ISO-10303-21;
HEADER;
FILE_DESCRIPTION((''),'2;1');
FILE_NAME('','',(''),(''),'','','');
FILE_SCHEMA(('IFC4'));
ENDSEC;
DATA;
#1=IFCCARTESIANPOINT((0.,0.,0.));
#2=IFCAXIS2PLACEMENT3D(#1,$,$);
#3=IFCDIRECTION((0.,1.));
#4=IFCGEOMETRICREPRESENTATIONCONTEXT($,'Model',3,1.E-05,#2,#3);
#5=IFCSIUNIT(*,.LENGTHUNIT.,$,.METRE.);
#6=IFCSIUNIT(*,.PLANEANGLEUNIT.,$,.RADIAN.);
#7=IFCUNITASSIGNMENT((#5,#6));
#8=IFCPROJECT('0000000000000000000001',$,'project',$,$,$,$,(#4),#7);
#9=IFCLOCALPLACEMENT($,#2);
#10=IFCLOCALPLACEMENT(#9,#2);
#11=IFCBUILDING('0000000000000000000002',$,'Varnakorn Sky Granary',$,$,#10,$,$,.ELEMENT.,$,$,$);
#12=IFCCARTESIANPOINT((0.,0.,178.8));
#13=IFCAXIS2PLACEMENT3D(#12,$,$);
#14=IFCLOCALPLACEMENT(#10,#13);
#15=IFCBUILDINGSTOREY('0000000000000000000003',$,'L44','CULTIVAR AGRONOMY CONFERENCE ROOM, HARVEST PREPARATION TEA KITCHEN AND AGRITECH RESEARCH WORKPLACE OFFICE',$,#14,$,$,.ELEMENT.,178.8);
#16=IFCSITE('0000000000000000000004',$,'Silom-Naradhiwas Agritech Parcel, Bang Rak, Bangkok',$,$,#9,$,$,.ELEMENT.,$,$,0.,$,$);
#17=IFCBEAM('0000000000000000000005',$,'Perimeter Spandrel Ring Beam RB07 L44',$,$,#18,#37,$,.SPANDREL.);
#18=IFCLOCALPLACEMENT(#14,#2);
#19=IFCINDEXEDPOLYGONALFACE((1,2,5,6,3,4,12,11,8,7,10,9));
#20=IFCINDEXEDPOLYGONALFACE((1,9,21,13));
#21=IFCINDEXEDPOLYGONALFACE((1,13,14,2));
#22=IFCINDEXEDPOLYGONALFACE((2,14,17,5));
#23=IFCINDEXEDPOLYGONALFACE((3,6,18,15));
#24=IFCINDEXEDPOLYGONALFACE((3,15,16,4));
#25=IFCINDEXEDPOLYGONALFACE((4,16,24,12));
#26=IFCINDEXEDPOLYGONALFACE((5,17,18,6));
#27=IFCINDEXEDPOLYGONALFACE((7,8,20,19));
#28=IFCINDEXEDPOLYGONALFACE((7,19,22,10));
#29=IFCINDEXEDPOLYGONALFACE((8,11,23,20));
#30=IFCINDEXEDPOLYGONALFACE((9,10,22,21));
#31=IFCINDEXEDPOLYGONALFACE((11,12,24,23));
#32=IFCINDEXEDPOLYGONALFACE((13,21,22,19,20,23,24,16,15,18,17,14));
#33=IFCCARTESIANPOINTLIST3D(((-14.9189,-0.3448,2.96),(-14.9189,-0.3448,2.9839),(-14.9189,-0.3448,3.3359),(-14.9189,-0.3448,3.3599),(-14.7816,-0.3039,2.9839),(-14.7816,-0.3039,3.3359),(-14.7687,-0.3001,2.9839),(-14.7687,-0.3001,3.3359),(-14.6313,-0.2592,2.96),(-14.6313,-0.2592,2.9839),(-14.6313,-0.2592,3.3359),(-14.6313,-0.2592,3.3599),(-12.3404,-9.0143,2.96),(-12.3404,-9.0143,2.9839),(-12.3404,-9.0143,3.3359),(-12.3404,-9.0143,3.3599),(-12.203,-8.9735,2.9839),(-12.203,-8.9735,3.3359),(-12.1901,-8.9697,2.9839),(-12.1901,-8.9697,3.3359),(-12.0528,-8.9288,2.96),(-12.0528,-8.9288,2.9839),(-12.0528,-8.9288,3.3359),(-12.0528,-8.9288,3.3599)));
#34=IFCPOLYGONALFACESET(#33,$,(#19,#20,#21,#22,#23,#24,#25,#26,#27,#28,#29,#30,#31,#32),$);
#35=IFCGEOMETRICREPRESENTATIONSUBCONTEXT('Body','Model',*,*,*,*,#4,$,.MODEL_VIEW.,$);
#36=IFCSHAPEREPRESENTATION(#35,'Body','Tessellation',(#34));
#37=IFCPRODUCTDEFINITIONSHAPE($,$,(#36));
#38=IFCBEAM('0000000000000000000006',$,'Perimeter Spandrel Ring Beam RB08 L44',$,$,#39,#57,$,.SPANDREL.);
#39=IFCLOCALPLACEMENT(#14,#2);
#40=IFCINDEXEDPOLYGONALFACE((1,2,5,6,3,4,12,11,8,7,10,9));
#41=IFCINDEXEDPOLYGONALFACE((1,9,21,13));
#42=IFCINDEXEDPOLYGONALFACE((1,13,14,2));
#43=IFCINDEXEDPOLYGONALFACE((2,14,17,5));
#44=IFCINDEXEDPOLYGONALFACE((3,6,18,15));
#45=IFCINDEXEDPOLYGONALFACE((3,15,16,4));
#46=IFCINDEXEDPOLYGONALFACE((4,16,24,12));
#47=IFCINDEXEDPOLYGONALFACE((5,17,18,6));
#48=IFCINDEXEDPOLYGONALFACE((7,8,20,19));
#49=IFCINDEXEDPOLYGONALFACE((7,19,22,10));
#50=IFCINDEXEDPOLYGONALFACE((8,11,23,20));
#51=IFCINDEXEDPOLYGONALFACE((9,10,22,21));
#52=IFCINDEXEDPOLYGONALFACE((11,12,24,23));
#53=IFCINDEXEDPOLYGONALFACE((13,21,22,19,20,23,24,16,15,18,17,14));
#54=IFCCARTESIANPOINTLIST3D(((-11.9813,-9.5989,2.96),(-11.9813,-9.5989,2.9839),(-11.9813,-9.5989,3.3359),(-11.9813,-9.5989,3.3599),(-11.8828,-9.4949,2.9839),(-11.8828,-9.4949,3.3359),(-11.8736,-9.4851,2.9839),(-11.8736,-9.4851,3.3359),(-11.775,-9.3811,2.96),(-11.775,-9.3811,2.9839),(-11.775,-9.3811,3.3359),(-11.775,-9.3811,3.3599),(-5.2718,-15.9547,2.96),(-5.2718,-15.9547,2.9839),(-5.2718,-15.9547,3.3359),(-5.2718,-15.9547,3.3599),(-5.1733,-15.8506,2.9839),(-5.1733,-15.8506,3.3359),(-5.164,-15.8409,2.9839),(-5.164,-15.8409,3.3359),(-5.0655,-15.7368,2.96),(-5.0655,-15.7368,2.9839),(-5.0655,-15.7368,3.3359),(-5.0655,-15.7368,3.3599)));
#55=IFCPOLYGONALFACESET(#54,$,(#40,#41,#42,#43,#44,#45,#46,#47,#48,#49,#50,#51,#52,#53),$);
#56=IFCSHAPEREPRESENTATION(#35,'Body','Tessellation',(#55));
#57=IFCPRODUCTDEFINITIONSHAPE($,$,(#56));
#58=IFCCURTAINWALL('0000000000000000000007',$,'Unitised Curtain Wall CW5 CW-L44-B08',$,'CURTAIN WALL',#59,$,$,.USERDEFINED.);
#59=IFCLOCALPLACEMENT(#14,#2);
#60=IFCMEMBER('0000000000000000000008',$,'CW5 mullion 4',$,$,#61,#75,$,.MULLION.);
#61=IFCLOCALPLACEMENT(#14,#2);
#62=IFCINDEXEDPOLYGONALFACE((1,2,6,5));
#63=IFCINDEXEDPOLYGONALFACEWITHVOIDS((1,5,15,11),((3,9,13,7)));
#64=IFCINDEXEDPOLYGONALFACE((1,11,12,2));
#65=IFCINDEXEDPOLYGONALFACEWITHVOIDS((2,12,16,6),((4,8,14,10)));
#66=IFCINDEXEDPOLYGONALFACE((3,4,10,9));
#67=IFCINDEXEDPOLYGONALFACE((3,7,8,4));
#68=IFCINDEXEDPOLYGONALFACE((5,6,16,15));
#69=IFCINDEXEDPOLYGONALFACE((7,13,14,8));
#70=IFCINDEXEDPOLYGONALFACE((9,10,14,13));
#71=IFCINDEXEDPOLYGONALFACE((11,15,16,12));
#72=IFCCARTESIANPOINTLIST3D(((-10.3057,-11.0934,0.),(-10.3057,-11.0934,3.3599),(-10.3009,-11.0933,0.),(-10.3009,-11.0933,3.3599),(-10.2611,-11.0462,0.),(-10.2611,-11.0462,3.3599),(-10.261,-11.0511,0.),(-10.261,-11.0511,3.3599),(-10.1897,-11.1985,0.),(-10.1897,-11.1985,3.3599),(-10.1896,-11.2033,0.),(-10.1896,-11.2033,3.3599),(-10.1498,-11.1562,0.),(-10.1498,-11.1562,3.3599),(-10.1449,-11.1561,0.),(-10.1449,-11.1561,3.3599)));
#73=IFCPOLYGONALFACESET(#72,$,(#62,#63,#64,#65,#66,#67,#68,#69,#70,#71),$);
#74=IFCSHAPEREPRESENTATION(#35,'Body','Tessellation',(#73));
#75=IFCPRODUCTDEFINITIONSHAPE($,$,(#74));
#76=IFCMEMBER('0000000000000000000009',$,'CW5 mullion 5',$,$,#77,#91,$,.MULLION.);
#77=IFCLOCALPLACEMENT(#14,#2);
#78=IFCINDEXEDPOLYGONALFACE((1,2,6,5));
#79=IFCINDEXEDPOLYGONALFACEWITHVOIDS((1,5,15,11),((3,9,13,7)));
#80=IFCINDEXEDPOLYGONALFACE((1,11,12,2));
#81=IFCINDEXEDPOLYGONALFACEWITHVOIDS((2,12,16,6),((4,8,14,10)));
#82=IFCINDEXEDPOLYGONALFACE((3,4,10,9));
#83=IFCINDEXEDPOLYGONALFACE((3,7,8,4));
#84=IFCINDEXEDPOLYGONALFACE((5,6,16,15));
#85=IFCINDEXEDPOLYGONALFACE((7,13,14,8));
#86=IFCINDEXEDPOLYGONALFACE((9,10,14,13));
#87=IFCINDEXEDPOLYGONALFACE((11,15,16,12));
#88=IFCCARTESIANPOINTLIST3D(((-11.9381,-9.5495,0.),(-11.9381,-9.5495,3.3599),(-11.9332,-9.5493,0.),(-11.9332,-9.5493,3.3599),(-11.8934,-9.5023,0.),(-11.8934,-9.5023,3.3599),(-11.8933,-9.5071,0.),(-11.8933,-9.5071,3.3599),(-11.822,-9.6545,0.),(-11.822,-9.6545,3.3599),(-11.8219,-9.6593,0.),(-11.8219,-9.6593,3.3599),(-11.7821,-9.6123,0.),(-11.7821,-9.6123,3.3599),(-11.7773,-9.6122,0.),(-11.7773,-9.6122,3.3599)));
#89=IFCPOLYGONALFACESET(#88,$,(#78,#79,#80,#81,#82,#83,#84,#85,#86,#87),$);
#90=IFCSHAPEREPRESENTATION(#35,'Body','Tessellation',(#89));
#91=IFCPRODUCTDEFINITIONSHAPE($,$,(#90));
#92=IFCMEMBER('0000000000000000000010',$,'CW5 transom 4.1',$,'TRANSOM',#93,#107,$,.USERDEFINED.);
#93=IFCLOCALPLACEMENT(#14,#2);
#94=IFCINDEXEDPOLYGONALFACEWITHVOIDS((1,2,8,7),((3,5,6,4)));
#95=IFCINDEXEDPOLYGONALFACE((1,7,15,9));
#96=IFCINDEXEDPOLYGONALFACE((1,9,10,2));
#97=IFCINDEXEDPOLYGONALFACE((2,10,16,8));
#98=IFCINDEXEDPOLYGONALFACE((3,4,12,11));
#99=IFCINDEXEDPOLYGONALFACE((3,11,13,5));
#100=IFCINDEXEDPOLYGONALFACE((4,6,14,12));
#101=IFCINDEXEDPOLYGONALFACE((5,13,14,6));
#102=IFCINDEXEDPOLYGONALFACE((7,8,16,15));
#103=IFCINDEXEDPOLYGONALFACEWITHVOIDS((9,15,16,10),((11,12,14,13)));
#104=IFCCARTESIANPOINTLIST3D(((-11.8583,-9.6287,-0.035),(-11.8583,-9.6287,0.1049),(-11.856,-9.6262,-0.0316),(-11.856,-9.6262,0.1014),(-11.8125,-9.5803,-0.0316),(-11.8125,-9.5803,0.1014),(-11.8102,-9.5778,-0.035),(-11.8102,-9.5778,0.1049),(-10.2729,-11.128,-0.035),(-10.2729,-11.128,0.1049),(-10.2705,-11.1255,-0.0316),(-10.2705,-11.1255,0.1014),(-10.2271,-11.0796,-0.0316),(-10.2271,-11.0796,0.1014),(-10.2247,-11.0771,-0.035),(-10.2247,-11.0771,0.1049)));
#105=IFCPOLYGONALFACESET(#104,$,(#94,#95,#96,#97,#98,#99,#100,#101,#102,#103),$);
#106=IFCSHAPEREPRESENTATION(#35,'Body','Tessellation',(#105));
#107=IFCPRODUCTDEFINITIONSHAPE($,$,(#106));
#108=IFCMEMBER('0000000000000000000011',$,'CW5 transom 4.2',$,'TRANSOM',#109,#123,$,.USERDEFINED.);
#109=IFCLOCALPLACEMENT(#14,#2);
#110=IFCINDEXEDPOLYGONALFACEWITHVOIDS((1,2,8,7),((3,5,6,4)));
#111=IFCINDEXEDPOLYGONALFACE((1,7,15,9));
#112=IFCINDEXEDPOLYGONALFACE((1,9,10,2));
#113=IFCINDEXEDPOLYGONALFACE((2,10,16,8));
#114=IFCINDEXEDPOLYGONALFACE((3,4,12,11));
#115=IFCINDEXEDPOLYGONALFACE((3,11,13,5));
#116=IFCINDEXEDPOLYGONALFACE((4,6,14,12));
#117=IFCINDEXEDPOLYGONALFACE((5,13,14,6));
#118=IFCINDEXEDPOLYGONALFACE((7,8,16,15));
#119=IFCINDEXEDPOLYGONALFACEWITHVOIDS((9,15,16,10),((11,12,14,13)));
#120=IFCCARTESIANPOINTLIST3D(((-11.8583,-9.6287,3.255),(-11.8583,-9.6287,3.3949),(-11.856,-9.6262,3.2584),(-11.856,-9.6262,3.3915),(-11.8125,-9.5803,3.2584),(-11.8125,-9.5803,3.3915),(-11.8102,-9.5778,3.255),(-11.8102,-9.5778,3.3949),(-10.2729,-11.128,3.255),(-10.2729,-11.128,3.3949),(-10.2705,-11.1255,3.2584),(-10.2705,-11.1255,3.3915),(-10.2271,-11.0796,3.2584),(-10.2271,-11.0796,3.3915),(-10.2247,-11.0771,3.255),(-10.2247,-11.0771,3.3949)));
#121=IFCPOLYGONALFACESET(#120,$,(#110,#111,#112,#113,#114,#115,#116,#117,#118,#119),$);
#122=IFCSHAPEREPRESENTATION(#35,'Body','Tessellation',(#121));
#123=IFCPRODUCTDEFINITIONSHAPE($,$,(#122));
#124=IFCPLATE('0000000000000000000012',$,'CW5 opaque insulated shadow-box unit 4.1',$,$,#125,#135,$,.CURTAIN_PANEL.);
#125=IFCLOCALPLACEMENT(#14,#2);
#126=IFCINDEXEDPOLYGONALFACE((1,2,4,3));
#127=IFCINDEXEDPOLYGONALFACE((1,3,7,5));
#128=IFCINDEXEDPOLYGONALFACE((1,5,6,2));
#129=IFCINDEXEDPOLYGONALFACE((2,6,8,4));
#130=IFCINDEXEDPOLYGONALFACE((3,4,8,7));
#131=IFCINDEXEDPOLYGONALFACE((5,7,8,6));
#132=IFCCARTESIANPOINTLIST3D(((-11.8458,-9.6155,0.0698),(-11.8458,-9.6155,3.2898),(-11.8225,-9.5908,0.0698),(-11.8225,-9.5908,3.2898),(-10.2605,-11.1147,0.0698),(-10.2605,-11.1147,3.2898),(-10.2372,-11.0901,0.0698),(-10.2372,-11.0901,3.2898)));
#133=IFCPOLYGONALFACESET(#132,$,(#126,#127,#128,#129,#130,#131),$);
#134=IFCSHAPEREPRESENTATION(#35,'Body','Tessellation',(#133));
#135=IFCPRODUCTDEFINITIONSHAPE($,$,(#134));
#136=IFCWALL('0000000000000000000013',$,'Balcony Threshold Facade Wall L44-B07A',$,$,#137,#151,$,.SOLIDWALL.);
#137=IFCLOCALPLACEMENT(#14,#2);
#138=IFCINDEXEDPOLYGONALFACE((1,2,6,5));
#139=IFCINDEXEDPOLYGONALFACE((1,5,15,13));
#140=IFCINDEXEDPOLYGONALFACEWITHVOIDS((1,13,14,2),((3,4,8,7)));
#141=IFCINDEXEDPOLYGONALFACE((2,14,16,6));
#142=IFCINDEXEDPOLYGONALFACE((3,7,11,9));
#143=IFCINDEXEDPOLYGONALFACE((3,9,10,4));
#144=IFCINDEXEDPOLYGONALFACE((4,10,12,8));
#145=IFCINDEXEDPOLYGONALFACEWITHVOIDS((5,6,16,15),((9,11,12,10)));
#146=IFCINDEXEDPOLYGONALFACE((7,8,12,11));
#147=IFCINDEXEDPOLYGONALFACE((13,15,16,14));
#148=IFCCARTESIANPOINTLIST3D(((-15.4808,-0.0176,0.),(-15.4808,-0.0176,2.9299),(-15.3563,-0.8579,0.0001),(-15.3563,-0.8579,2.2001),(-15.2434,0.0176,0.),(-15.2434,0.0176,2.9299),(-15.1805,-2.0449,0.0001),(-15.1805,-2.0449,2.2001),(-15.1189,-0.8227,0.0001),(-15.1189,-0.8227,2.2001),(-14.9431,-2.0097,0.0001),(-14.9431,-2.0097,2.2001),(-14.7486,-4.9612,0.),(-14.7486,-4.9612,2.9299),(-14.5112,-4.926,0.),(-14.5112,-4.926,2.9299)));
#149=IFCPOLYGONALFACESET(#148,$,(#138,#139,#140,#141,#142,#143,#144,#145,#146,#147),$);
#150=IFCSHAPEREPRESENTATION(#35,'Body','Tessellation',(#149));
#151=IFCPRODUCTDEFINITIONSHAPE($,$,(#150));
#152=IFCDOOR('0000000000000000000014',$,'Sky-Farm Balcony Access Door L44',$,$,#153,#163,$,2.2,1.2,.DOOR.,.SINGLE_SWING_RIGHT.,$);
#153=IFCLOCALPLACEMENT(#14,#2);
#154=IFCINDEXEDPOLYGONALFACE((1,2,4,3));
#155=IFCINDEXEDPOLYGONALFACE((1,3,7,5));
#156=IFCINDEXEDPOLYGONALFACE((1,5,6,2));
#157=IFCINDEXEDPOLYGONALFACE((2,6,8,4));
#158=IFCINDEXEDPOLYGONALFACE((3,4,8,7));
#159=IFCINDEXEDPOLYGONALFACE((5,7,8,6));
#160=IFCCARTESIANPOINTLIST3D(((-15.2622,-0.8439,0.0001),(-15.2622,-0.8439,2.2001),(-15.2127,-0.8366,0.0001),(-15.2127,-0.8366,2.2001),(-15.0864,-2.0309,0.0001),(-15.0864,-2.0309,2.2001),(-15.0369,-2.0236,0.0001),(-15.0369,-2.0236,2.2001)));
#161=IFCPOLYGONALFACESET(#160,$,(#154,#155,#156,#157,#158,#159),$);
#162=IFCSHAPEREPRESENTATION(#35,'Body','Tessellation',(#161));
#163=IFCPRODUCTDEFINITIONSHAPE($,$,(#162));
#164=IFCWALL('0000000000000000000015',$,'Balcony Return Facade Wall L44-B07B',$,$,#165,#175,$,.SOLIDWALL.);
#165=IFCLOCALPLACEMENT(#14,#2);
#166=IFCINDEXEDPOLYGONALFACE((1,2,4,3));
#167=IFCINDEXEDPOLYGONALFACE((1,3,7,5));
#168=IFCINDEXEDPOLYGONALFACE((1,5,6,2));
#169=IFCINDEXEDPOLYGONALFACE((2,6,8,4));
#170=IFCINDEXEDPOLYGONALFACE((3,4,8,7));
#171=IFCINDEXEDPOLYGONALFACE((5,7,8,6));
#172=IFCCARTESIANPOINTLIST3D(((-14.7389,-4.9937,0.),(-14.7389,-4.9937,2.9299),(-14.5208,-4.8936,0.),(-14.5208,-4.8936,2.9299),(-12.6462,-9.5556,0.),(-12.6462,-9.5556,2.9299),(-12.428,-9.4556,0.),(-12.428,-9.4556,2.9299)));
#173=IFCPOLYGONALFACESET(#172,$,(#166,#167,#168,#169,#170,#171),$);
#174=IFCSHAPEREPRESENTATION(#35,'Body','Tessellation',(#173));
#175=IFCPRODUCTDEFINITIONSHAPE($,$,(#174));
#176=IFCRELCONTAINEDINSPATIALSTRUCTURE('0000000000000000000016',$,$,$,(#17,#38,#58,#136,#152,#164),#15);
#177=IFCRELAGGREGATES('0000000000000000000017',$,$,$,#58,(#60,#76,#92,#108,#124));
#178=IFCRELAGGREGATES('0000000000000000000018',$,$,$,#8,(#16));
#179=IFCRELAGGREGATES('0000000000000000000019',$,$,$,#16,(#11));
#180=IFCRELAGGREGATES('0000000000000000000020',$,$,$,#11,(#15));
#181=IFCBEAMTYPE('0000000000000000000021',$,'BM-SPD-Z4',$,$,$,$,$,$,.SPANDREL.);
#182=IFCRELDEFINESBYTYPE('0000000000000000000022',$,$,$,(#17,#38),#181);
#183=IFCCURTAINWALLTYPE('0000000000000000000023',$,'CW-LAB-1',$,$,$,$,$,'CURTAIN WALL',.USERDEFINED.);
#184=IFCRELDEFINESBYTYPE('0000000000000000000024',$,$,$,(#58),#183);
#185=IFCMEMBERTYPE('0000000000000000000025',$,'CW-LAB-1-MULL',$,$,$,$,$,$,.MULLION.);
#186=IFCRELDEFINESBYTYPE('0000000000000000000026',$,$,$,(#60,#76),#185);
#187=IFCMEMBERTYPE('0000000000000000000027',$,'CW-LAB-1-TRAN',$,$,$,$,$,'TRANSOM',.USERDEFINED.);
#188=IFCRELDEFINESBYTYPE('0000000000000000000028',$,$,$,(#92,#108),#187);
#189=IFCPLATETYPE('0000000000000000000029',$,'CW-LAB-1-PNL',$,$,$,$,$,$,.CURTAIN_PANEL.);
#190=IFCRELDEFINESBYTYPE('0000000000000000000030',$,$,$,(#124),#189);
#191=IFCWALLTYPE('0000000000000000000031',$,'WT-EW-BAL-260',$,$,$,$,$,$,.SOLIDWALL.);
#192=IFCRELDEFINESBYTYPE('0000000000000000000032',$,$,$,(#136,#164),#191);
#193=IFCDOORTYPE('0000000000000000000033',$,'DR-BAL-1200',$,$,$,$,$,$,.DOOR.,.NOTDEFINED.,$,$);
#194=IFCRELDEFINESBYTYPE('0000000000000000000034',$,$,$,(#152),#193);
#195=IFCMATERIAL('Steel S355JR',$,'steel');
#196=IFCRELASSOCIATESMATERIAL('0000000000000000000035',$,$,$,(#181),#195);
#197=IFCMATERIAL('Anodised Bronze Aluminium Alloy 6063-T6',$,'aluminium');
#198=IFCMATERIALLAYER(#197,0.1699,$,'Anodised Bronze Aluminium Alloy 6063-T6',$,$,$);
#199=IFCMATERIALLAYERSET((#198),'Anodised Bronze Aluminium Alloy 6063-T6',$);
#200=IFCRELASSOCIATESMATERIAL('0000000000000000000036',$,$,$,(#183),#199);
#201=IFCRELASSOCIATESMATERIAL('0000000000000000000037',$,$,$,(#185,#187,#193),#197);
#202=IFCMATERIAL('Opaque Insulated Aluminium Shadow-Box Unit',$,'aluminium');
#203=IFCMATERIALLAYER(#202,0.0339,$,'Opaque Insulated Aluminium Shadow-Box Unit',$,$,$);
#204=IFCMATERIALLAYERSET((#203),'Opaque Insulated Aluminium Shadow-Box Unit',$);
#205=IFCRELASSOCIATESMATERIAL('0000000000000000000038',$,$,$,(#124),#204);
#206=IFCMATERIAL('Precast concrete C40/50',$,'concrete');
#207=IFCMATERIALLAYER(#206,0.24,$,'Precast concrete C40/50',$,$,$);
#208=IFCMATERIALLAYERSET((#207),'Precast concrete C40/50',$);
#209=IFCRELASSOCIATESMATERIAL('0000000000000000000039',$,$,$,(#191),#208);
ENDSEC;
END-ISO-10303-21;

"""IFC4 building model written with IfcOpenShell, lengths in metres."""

from ifc_helpers import new_model, si_unit, direction, frame, frame_2d, origin, origin_2d, place, context, subcontext, project, spatial, rectangle, hollow_rectangle, i_section, extrude, source, transform, mapped, material, layer, layer_set, material_profile, profile_set, type_object, type_shapes, element, fill, aggregate, save


model = new_model("IFC4")

# Units and contexts
model_context = context("Model", 3, precision=1e-05, world=origin(), true_north=direction((0.0, 1.0)))
body_context = subcontext(model_context, "Body", "Model", "MODEL_VIEW")
ifc_project = project(units=[si_unit("LENGTHUNIT", "METRE"), si_unit("PLANEANGLEUNIT", "RADIAN")], contexts=[model_context])

# Site, building, storey
site_placement = place(None, origin())
site = spatial("IfcSite", under=ifc_project, at=site_placement, Name="Silom-Naradhiwas Agritech Parcel, Bang Rak, Bangkok", CompositionType="ELEMENT", RefElevation=0.0)
building_placement = place(site_placement, origin())
building = spatial("IfcBuilding", under=site, at=building_placement, Name="Varnakorn Sky Granary", CompositionType="ELEMENT")
storey_placement = place(building_placement, frame((0.0, 0.0, 178.8)))
storey = spatial("IfcBuildingStorey", under=building, at=storey_placement, Name="L44", Description="CULTIVAR AGRONOMY CONFERENCE ROOM, HARVEST PREPARATION TEA KITCHEN AND AGRITECH RESEARCH WORKPLACE OFFICE", CompositionType="ELEMENT", Elevation=178.8)

# Beams
ifc_material_1 = material(Name="Steel S355JR", Category="steel")
ifc_material_profile_1 = material_profile(ifc_material_1, i_section(OverallWidth=0.3, OverallDepth=0.3999, WebThickness=0.0134, FlangeThickness=0.0239, at=origin_2d()), Name="HE 400 B")
ifc_profile_set_1 = profile_set([ifc_material_profile_1], Name="Steel S355JR")
beam_type_1 = type_object("IfcBeamType", Name="BM-SPD-Z4", PredefinedType="SPANDREL", material=ifc_profile_set_1)
beam_1_placement = place(storey_placement, frame((-14.7751, -0.302, 3.1599), z_axis=(0.285086, -0.958502, 0.0), x_axis=(0.958502, 0.285086, 0.0)))
element("IfcBeam", 1, at=beam_1_placement, inside=storey, type_object=beam_type_1, Name="Perimeter Spandrel Ring Beam RB07 L44", PredefinedType="SPANDREL", context=body_context, shape_type="SweptSolid", body=[
    extrude(i_section(OverallWidth=0.3, OverallDepth=0.3999, WebThickness=0.0134, FlangeThickness=0.0239, at=origin_2d()), origin(), (0.0, 0.0, 1.0), 9.0449),
])
beam_2_placement = place(storey_placement, frame((-11.8782, -9.49, 3.1599), z_axis=(0.725987, -0.687709, 0.0), x_axis=(0.687709, 0.725987, 0.0)))
element("IfcBeam", 2, at=beam_2_placement, inside=storey, type_object=beam_type_1, Name="Perimeter Spandrel Ring Beam RB08 L44", PredefinedType="SPANDREL", context=body_context, shape_type="SweptSolid", body=[
    extrude(i_section(OverallWidth=0.3, OverallDepth=0.3999, WebThickness=0.0134, FlangeThickness=0.0239, at=origin_2d()), origin(), (0.0, 0.0, 1.0), 9.2419),
])

# Curtain wall, members, plate
ifc_material_2 = material(Name="Anodised Bronze Aluminium Alloy 6063-T6", Category="aluminium")
ifc_layer_1 = layer(ifc_material_2, 0.1699, Name="Anodised Bronze Aluminium Alloy 6063-T6")
ifc_layer_set_1 = layer_set([ifc_layer_1], Name="Anodised Bronze Aluminium Alloy 6063-T6")
curtain_wall_type = type_object("IfcCurtainWallType", Name="CW-LAB-1", ElementType="CURTAIN WALL", PredefinedType="USERDEFINED", material=ifc_layer_set_1)
curtain_wall_placement = place(storey_placement, origin())
curtain_wall = element("IfcCurtainWall", 3, at=curtain_wall_placement, inside=storey, type_object=curtain_wall_type, Name="Unitised Curtain Wall CW5 CW-L44-B08", ObjectType="CURTAIN WALL", PredefinedType="USERDEFINED")
ifc_material_profile_2 = material_profile(ifc_material_2, hollow_rectangle(XDim=0.0649, YDim=0.1599, WallThickness=0.0034, at=origin_2d()), Name="ALU MULL 65x160")
ifc_profile_set_2 = profile_set([ifc_material_profile_2], Name="Anodised Bronze Aluminium Alloy 6063-T6")
member_type_1 = type_object("IfcMemberType", Name="CW-LAB-1-MULL", PredefinedType="MULLION", material=ifc_profile_set_2)
member_1_placement = place(storey_placement, frame((-10.2253, -11.1248, 0.0), z_axis=(0.0, 0.0, 1.0), x_axis=(-0.687124, -0.726541, 0.0)))
member_1 = element("IfcMember", 4, at=member_1_placement, type_object=member_type_1, Name="CW5 mullion 4", PredefinedType="MULLION", context=body_context, shape_type="SweptSolid", body=[
    extrude(hollow_rectangle(XDim=0.0649, YDim=0.1599, WallThickness=0.0034, at=origin_2d()), origin(), (0.0, 0.0, 1.0), 3.3599),
])
member_2_placement = place(storey_placement, frame((-11.8577, -9.5808, 0.0), z_axis=(0.0, 0.0, 1.0), x_axis=(-0.687124, -0.726541, 0.0)))
member_2 = element("IfcMember", 5, at=member_2_placement, type_object=member_type_1, Name="CW5 mullion 5", PredefinedType="MULLION", context=body_context, shape_type="SweptSolid", body=[
    extrude(hollow_rectangle(XDim=0.0649, YDim=0.1599, WallThickness=0.0034, at=origin_2d()), origin(), (0.0, 0.0, 1.0), 3.3599),
])
ifc_material_profile_3 = material_profile(ifc_material_2, hollow_rectangle(XDim=0.0701, YDim=0.1399, WallThickness=0.0034, at=origin_2d()), Name="ALU TRAN 70x140")
ifc_profile_set_3 = profile_set([ifc_material_profile_3], Name="Anodised Bronze Aluminium Alloy 6063-T6")
member_type_2 = type_object("IfcMemberType", Name="CW-LAB-1-TRAN", ElementType="TRANSOM", PredefinedType="USERDEFINED", material=ifc_profile_set_3)
member_3_placement = place(storey_placement, frame((-10.2488, -11.1025, 0.0349), z_axis=(-0.726579, 0.687083, 0.0), x_axis=(-0.687083, -0.726579, 0.0)))
member_3 = element("IfcMember", 6, at=member_3_placement, type_object=member_type_2, Name="CW5 transom 4.1", ObjectType="TRANSOM", PredefinedType="USERDEFINED", context=body_context, shape_type="SweptSolid", body=[
    extrude(hollow_rectangle(XDim=0.0701, YDim=0.1399, WallThickness=0.0034, at=origin_2d()), origin(), (0.0, 0.0, 1.0), 2.1821),
])
member_4_placement = place(storey_placement, frame((-10.2488, -11.1025, 3.325), z_axis=(-0.726579, 0.687083, 0.0), x_axis=(-0.687083, -0.726579, 0.0)))
member_4 = element("IfcMember", 7, at=member_4_placement, type_object=member_type_2, Name="CW5 transom 4.2", ObjectType="TRANSOM", PredefinedType="USERDEFINED", context=body_context, shape_type="SweptSolid", body=[
    extrude(hollow_rectangle(XDim=0.0701, YDim=0.1399, WallThickness=0.0034, at=origin_2d()), origin(), (0.0, 0.0, 1.0), 2.1821),
])
ifc_material_3 = material(Name="Opaque Insulated Aluminium Shadow-Box Unit", Category="aluminium")
ifc_layer_2 = layer(ifc_material_3, 0.0339, Name="Opaque Insulated Aluminium Shadow-Box Unit")
ifc_layer_set_2 = layer_set([ifc_layer_2], Name="Opaque Insulated Aluminium Shadow-Box Unit")
plate_type = type_object("IfcPlateType", Name="CW-LAB-1-PNL", PredefinedType="CURTAIN_PANEL")
shared_shape_1 = source(origin(), body_context, "Body", "SweptSolid", [
    extrude(rectangle(XDim=2.1819, YDim=0.0339, at=origin_2d()), origin(), (0.0, 0.0, 1.0), 3.22),
])
type_shapes(plate_type, [shared_shape_1])
plate_placement = place(storey_placement, frame((-11.0415, -10.3528, 0.0698), z_axis=(0.0, 0.0, 1.0), x_axis=(-0.726541, 0.687124, 0.0)))
plate = element("IfcPlate", 8, at=plate_placement, type_object=plate_type, material=ifc_layer_set_2, Name="CW5 opaque insulated shadow-box unit 4.1", PredefinedType="CURTAIN_PANEL", context=body_context, shape_type="MappedRepresentation", body=[
    mapped(shared_shape_1, transform((0.0, 0.0, 0.0), x_axis=(1.0, 0.0, 0.0), y_axis=(0.0, 1.0, 0.0), z_axis=(0.0, 0.0, 1.0), scale=1.0)),
])
aggregate(curtain_wall, [member_1, member_2, member_3, member_4, plate])

# Wall, opening, door
ifc_material_4 = material(Name="Precast concrete C40/50", Category="concrete")
ifc_layer_3 = layer(ifc_material_4, 0.24, Name="Precast concrete C40/50")
ifc_layer_set_3 = layer_set([ifc_layer_3], Name="Precast concrete C40/50")
wall_type_1 = type_object("IfcWallType", Name="WT-EW-BAL-260", PredefinedType="SOLIDWALL", material=ifc_layer_set_3)
wall_1_placement = place(storey_placement, frame((-14.6299, -4.9436, 0.0), z_axis=(0.0, 0.0, 1.0), x_axis=(-0.146508, 0.989209, 0.0)))
wall_1 = element("IfcWall", 9, at=wall_1_placement, inside=storey, type_object=wall_type_1, Name="Balcony Threshold Facade Wall L44-B07A", PredefinedType="SOLIDWALL", context=body_context, shape_type="SweptSolid", body=[
    extrude(rectangle(XDim=4.9976, YDim=0.24, at=frame_2d((2.4988, 0.0))), origin(), (0.0, 0.0, 1.0), 2.9299),
])
opening_1_placement = place(wall_1_placement, frame((2.948, 0.0, 0.0)))
opening_1 = element("IfcOpeningElement", 10, at=opening_1_placement, cuts=wall_1, PredefinedType="OPENING", context=body_context, shape_type="SweptSolid", body=[
    extrude(rectangle(XDim=1.2, YDim=2.2, at=frame_2d((0.6001, 1.1001))), frame((0.0, 0.1299, 0.0), z_axis=(0.0, -1.0, 0.0), x_axis=(1.0, 0.0, 0.0)), (0.0, 0.0, 1.0), 0.26),
])
door_type_1 = type_object("IfcDoorType", Name="DR-BAL-1200", OperationType="NOTDEFINED", PredefinedType="DOOR", material=ifc_material_2)
door_1_placement = place(opening_1_placement, origin())
door_1 = element("IfcDoor", 11, at=door_1_placement, inside=storey, type_object=door_type_1, Name="Sky-Farm Balcony Access Door L44", OperationType="SINGLE_SWING_RIGHT", OverallHeight=2.2, OverallWidth=1.2, PredefinedType="DOOR", context=body_context, shape_type="SweptSolid", body=[
    extrude(rectangle(XDim=1.2, YDim=2.2, at=frame_2d((0.6001, 1.1001))), frame((0.0, 0.0249, 0.0), z_axis=(0.0, -1.0, 0.0), x_axis=(1.0, 0.0, 0.0)), (0.0, 0.0, 1.0), 0.05),
])
fill(opening_1, door_1)

# Wall
wall_2_placement = place(storey_placement, frame((-12.5371, -9.5056, 0.0), z_axis=(0.0, 0.0, 1.0), x_axis=(-0.41696, 0.908925, 0.0)))
element("IfcWall", 12, at=wall_2_placement, inside=storey, type_object=wall_type_1, Name="Balcony Return Facade Wall L44-B07B", PredefinedType="SOLIDWALL", context=body_context, shape_type="SweptSolid", body=[
    extrude(rectangle(XDim=5.019, YDim=0.24, at=frame_2d((2.5095, 0.0))), origin(), (0.0, 0.0, 1.0), 2.9299),
])

save(model, "model.ifc")
